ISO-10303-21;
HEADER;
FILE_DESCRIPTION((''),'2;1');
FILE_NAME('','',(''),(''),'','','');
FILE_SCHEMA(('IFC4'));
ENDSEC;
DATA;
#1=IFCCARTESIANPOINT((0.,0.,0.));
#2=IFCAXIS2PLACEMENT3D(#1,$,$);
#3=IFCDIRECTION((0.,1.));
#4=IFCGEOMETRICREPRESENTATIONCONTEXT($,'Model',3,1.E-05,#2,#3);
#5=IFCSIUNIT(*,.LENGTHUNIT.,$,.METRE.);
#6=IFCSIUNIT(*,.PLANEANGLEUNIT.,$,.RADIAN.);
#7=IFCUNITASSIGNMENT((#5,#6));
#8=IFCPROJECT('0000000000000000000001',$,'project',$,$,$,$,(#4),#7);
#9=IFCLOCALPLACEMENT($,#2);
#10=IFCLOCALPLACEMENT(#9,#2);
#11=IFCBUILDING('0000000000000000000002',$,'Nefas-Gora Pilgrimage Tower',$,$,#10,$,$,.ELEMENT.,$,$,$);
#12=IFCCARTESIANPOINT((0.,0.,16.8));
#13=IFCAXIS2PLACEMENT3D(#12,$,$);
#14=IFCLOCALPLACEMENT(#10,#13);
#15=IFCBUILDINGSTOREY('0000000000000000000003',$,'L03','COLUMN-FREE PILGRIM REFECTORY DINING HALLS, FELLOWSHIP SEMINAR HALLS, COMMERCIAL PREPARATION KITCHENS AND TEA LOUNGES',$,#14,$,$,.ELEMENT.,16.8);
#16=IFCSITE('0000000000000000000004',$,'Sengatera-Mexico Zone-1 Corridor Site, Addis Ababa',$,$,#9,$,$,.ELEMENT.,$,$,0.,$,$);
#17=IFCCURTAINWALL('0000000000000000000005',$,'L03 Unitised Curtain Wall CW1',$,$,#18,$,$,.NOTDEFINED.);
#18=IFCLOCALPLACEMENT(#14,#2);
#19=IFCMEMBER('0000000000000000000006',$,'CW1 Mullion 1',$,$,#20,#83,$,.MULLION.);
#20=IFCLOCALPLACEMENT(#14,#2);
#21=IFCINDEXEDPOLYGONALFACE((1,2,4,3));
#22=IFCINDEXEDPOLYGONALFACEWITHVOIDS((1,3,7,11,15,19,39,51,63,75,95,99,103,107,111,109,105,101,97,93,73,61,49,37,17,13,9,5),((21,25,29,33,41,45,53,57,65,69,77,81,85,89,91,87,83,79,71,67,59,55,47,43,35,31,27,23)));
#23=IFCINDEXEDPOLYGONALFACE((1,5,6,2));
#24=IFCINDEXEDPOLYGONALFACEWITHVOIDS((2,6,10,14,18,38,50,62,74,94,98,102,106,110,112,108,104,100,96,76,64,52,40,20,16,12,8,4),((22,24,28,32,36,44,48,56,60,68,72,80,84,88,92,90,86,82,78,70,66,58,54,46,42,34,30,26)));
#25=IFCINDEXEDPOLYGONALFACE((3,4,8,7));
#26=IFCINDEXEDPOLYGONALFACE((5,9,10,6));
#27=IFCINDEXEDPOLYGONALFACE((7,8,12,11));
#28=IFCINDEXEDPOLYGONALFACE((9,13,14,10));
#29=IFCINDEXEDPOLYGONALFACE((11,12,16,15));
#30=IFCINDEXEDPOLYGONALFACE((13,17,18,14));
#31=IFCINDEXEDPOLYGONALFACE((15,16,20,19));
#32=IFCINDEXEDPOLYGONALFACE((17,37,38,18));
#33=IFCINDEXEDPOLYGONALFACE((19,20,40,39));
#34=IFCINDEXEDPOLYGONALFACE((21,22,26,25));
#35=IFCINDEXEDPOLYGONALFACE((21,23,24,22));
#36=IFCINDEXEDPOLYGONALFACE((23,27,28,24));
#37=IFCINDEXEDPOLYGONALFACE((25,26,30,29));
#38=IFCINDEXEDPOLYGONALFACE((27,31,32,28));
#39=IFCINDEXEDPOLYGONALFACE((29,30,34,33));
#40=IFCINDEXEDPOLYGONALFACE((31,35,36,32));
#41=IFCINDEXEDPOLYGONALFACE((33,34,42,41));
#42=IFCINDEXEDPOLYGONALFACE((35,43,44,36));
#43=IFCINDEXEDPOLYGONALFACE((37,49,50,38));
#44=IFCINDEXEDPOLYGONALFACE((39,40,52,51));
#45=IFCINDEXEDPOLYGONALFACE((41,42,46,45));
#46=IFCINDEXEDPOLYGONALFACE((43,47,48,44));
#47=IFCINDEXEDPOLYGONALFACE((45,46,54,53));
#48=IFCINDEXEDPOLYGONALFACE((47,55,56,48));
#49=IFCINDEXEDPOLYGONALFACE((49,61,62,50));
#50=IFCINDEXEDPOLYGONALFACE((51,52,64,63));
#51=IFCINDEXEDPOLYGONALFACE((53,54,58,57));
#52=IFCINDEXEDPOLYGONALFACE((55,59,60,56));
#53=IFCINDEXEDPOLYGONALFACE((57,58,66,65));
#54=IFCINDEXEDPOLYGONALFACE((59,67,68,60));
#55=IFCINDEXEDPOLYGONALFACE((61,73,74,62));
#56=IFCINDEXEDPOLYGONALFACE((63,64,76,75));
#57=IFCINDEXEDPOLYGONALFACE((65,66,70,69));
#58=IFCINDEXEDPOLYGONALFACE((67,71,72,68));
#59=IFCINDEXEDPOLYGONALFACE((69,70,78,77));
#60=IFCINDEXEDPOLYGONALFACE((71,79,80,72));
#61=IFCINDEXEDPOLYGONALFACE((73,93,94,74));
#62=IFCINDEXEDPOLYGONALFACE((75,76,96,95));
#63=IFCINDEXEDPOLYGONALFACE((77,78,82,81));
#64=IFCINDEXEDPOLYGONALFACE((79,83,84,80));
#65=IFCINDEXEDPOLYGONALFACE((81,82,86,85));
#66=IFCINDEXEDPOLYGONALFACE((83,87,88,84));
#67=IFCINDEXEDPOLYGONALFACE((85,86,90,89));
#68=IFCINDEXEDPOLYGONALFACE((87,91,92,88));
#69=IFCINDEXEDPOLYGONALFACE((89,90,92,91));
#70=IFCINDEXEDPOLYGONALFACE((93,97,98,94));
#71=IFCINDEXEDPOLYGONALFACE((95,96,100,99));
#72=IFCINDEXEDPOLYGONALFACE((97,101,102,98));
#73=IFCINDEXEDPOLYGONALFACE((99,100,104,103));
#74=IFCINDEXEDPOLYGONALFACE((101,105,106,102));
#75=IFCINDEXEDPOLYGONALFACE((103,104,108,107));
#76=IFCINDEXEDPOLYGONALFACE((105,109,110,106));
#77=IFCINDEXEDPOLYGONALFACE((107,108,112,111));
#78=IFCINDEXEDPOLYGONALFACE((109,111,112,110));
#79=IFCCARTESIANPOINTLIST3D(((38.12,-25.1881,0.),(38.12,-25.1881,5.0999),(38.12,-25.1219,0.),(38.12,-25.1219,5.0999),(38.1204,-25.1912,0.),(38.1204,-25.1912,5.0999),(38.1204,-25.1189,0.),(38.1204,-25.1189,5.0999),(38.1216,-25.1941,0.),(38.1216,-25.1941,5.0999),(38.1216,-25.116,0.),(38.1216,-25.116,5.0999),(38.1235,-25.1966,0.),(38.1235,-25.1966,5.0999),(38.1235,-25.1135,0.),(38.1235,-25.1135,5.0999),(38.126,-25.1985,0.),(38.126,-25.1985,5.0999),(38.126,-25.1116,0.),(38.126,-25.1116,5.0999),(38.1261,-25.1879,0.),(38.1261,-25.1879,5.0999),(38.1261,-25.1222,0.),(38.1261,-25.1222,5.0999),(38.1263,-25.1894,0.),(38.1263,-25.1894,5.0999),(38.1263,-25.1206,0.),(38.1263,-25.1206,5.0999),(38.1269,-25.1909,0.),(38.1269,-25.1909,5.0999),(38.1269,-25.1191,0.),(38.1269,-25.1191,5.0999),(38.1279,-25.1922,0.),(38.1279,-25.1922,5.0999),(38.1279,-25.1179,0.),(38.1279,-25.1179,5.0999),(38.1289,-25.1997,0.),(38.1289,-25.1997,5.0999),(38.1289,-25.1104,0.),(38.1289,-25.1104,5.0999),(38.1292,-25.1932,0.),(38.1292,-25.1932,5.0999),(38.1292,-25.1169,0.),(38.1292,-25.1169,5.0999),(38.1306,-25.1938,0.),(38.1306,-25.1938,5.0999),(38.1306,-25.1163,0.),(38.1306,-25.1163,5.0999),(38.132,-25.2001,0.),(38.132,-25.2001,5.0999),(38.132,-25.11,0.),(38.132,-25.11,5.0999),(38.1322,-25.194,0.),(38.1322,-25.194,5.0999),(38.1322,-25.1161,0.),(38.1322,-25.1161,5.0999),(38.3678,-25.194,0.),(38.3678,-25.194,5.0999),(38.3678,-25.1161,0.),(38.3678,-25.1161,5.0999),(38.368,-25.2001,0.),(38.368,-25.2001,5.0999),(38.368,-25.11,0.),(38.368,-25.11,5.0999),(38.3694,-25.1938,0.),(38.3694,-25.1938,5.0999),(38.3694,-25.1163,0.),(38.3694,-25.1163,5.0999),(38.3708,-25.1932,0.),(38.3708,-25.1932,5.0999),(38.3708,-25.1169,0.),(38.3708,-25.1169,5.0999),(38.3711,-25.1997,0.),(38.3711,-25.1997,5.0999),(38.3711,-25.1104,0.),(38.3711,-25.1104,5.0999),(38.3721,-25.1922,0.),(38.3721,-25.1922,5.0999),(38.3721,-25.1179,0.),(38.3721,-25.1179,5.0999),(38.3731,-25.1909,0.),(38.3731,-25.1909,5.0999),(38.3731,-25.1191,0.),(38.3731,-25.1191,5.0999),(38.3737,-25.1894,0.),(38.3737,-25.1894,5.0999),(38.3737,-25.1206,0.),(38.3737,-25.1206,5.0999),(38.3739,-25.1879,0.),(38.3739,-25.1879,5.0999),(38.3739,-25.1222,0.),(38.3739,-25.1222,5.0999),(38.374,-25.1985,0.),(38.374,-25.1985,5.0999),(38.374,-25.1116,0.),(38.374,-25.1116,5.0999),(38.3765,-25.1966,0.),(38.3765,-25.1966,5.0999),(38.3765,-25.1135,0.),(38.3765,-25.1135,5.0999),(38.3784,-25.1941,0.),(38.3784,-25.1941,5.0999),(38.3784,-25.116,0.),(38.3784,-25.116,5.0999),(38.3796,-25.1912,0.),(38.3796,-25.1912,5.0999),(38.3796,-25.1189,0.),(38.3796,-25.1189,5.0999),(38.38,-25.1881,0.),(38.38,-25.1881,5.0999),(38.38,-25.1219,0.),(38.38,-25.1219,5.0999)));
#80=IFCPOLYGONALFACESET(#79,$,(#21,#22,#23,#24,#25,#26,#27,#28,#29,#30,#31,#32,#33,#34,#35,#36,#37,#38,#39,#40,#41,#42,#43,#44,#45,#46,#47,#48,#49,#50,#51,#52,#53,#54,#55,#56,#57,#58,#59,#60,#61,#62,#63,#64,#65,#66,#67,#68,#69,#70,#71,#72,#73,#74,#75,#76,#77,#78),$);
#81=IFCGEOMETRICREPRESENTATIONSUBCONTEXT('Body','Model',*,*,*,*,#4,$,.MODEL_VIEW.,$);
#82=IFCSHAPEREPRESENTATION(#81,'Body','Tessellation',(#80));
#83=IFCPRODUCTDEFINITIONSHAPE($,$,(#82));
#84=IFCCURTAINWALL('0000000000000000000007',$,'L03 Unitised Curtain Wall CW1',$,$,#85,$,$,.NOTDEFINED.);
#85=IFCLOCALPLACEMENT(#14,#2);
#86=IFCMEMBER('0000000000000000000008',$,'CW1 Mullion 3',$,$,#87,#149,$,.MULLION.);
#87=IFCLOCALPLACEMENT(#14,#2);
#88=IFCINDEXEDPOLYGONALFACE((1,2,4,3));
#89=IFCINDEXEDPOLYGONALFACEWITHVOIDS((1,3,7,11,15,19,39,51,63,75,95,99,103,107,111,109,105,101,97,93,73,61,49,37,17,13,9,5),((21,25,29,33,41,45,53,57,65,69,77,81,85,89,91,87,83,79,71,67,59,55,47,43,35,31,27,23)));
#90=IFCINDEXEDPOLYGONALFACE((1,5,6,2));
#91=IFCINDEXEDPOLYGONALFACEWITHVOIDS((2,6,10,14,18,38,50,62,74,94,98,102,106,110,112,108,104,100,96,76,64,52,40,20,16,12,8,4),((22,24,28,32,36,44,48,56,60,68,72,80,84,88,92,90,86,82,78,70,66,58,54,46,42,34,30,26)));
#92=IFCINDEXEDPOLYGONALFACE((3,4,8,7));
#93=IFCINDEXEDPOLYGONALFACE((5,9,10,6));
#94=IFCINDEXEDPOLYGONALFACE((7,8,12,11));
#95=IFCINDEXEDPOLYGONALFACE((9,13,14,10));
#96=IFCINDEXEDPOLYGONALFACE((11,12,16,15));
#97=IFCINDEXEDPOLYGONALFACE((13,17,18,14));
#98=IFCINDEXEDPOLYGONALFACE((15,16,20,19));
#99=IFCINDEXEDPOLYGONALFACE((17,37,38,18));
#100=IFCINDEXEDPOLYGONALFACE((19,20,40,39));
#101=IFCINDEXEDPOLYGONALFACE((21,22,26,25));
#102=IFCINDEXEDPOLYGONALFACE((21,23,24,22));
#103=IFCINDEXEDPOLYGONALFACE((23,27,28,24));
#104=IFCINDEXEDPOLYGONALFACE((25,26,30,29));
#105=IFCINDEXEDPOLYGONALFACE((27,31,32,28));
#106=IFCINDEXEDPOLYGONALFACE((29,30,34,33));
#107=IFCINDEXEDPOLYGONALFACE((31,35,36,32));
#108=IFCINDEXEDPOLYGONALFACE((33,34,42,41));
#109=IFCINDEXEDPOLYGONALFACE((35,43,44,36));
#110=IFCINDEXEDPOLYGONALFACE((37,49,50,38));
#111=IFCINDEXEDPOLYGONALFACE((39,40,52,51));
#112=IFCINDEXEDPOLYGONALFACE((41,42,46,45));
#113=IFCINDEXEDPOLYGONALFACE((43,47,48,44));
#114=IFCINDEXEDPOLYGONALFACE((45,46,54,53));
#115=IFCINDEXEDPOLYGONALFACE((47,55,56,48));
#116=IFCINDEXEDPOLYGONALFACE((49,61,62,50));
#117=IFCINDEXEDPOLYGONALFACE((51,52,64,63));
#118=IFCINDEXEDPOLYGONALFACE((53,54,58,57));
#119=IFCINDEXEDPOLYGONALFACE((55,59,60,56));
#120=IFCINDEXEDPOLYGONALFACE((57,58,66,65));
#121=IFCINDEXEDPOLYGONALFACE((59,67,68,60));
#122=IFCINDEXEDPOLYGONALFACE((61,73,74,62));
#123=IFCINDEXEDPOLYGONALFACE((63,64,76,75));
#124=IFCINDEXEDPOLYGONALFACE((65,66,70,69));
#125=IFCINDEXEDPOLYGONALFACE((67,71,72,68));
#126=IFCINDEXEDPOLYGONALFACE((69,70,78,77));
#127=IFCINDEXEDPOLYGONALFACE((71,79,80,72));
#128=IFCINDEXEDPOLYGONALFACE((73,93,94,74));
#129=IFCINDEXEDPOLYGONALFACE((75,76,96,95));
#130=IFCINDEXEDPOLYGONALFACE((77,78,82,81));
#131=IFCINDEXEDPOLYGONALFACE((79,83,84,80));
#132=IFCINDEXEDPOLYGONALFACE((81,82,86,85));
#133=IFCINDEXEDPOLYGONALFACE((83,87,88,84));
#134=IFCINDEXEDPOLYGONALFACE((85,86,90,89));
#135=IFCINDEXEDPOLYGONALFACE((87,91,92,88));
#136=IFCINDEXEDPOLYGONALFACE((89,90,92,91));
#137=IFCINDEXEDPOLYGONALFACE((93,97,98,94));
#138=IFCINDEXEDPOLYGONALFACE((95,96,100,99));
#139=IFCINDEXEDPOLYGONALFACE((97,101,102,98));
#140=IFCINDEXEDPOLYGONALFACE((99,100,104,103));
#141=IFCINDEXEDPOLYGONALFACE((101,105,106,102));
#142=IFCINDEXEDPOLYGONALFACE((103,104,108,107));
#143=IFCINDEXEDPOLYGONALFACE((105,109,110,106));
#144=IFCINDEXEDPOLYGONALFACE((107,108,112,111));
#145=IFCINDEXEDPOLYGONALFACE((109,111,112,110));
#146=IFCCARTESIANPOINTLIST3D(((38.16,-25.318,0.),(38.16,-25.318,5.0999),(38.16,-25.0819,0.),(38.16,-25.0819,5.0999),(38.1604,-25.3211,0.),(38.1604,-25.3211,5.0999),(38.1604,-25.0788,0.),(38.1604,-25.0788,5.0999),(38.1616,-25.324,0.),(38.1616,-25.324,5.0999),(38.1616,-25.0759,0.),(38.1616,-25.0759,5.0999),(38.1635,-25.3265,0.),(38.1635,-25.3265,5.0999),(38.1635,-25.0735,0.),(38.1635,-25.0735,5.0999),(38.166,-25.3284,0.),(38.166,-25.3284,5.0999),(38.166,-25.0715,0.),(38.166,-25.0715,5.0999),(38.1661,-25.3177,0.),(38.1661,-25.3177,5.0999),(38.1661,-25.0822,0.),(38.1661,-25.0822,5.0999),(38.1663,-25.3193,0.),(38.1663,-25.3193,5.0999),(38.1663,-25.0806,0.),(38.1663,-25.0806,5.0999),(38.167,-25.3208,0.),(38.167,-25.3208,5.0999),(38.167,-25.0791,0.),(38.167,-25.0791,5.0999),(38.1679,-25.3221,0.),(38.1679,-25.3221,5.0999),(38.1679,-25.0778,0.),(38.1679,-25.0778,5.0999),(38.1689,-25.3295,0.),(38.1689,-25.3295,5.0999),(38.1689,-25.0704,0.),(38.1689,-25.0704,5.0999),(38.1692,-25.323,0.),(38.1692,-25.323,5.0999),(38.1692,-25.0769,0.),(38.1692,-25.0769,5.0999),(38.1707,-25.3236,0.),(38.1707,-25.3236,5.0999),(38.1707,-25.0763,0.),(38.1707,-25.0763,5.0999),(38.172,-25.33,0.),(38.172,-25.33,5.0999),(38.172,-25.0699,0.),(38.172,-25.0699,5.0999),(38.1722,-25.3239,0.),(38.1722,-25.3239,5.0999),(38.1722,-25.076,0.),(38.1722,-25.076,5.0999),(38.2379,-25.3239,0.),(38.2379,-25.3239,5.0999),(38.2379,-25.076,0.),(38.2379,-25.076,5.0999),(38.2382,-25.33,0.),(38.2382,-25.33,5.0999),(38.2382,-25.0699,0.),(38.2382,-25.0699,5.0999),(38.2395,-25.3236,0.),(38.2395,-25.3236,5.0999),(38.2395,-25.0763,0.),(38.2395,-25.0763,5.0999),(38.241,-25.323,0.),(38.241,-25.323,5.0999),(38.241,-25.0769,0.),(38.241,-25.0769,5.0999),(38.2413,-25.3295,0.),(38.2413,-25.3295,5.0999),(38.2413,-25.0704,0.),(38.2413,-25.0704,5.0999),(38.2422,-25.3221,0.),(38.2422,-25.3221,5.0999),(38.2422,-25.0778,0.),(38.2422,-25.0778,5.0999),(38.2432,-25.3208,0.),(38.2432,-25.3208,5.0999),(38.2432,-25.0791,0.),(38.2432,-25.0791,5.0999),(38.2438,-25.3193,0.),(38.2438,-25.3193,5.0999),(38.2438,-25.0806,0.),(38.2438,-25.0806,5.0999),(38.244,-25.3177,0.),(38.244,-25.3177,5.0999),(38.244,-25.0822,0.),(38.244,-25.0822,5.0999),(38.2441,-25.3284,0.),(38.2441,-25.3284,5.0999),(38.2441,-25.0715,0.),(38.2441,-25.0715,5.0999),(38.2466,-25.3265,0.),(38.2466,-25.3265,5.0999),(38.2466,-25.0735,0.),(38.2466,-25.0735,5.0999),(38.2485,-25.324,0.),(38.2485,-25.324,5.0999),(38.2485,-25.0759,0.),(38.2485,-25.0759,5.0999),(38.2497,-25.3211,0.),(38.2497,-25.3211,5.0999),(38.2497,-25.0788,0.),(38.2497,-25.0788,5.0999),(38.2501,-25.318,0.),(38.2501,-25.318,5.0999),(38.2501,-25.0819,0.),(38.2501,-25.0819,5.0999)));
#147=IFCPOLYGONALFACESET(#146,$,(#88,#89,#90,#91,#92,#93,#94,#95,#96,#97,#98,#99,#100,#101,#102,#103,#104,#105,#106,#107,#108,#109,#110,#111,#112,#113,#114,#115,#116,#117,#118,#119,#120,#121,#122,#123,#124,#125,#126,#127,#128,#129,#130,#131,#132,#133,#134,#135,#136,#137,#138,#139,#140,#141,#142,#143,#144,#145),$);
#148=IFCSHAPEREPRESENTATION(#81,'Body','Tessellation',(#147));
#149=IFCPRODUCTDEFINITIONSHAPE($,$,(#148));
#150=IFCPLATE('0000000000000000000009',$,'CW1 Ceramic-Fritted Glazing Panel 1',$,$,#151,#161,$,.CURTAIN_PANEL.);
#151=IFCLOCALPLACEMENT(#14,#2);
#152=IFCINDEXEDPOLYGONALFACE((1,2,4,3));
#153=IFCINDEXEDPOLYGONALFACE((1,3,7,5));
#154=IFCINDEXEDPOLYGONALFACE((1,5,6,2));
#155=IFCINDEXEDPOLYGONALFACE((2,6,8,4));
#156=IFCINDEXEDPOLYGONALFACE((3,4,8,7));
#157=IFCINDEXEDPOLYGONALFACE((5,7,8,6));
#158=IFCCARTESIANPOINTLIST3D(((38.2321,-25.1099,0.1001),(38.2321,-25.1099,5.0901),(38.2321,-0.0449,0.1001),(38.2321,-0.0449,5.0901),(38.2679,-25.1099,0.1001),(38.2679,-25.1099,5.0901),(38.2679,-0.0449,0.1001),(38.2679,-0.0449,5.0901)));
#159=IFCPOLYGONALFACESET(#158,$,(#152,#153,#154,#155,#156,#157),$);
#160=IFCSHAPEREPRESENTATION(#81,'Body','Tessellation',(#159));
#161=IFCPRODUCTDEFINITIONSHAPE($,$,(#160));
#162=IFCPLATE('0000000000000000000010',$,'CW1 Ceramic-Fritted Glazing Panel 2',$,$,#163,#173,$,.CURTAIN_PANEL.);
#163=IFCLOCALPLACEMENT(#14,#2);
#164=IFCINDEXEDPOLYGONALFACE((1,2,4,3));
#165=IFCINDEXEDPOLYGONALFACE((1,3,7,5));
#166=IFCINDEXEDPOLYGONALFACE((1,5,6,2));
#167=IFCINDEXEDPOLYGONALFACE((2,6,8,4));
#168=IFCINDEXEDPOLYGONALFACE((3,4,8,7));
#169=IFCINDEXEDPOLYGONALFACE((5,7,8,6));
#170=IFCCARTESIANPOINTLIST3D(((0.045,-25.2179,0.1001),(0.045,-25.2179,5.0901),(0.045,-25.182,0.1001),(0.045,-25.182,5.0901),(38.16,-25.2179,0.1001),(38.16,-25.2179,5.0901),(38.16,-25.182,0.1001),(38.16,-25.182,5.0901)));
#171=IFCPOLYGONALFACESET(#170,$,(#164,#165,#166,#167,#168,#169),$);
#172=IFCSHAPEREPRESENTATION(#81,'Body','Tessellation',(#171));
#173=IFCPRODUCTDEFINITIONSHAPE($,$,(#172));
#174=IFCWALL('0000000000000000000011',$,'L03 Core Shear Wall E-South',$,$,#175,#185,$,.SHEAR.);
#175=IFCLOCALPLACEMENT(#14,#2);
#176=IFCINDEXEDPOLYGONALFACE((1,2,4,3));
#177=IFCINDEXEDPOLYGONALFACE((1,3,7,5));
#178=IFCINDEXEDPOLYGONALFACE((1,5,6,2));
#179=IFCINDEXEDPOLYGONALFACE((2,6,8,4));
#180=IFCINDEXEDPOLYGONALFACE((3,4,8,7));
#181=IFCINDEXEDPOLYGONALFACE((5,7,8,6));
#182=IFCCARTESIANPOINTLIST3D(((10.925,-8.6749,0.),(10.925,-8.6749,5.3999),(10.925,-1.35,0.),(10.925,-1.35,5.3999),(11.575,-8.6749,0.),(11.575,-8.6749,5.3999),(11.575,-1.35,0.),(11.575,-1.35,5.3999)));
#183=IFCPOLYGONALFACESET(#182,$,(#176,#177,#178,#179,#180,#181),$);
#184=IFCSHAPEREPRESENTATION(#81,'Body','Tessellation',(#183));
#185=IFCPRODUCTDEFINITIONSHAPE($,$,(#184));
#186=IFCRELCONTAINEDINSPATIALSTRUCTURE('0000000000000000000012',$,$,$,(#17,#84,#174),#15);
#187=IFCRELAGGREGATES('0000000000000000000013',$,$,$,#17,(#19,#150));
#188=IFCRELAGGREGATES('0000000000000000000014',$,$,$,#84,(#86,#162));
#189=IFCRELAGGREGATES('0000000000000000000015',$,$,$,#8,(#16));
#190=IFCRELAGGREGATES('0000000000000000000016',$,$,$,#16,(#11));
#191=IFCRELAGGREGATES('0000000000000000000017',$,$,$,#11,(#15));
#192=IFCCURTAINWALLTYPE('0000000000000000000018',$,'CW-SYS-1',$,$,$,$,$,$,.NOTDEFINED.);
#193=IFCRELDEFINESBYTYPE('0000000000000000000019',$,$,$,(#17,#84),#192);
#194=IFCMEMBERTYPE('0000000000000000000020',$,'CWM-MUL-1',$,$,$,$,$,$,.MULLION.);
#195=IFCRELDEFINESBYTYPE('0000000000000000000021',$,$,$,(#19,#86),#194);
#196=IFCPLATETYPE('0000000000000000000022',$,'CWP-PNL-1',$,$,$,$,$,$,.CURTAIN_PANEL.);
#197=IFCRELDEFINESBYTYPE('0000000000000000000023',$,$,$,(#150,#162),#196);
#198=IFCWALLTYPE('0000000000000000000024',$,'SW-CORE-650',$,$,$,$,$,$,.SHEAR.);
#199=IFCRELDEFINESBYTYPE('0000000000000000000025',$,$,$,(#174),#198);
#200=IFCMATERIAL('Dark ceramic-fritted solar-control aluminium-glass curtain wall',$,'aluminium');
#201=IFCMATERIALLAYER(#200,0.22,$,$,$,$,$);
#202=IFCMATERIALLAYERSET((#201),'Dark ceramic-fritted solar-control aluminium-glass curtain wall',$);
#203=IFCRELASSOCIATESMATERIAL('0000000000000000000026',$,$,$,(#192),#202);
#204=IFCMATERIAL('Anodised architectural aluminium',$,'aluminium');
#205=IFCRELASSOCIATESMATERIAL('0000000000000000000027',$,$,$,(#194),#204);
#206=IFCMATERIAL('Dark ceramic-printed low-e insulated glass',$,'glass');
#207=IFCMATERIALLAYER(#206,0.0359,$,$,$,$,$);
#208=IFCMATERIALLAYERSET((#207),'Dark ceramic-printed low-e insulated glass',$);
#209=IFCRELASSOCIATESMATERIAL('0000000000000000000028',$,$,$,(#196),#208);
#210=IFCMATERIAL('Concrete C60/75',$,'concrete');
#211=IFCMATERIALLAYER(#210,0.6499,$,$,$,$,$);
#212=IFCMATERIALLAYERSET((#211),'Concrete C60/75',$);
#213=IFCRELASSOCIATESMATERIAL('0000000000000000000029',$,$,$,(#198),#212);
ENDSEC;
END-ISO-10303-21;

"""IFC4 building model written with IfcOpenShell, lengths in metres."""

from ifc_helpers import new_model, si_unit, direction, frame, frame_2d, origin, origin_2d, place, context, subcontext, project, spatial, rectangle, hollow_rectangle, extrude, source, transform, mapped, material, layer, layer_set, material_profile, profile_set, type_object, element, aggregate, save


model = new_model("IFC4")

# Units and contexts
model_context = context("Model", 3, precision=1e-05, world=origin(), true_north=direction((0.0, 1.0)))
body_context = subcontext(model_context, "Body", "Model", "MODEL_VIEW")
ifc_project = project(units=[si_unit("LENGTHUNIT", "METRE"), si_unit("PLANEANGLEUNIT", "RADIAN")], contexts=[model_context])

# Site, building, storey
site_placement = place(None, origin())
site = spatial("IfcSite", under=ifc_project, at=site_placement, Name="Sengatera-Mexico Zone-1 Corridor Site, Addis Ababa", CompositionType="ELEMENT", RefElevation=0.0)
building_placement = place(site_placement, origin())
building = spatial("IfcBuilding", under=site, at=building_placement, Name="Nefas-Gora Pilgrimage Tower", CompositionType="ELEMENT")
storey_placement = place(building_placement, frame((0.0, 0.0, 16.8)))
storey = spatial("IfcBuildingStorey", under=building, at=storey_placement, Name="L03", Description="COLUMN-FREE PILGRIM REFECTORY DINING HALLS, FELLOWSHIP SEMINAR HALLS, COMMERCIAL PREPARATION KITCHENS AND TEA LOUNGES", CompositionType="ELEMENT", Elevation=16.8)

# Shared definitions
ifc_material_1 = material(Name="Concrete C60/75", Category="concrete")

# Curtain wall, member
ifc_material_2 = material(Name="Dark ceramic-fritted solar-control aluminium-glass curtain wall", Category="aluminium")
ifc_layer_1 = layer(ifc_material_2, 0.22)
ifc_layer_set_1 = layer_set([ifc_layer_1], Name="Dark ceramic-fritted solar-control aluminium-glass curtain wall")
curtain_wall_type = type_object("IfcCurtainWallType", Name="CW-SYS-1", PredefinedType="NOTDEFINED", material=ifc_layer_set_1)
curtain_wall_1_placement = place(storey_placement, origin())
curtain_wall_1 = element("IfcCurtainWall", 1, at=curtain_wall_1_placement, inside=storey, type_object=curtain_wall_type, Name="L03 Unitised Curtain Wall CW1", PredefinedType="NOTDEFINED")
ifc_material_3 = material(Name="Anodised architectural aluminium", Category="aluminium")
ifc_material_profile_1 = material_profile(ifc_material_3, hollow_rectangle(XDim=0.0901, YDim=0.26, WallThickness=0.0061, InnerFilletRadius=0.0061, OuterFilletRadius=0.012, at=origin_2d()), Name="ALU MULLION 90x260")
ifc_profile_set_1 = profile_set([ifc_material_profile_1], Name="Anodised architectural aluminium")
member_type_1 = type_object("IfcMemberType", Name="CWM-MUL-1", PredefinedType="MULLION", material=ifc_profile_set_1)
shared_shape_1 = source(origin(), body_context, "Body", "SweptSolid", [
    extrude(hollow_rectangle(XDim=0.0901, YDim=0.26, WallThickness=0.0061, InnerFilletRadius=0.0061, OuterFilletRadius=0.012, at=origin_2d()), origin(), (0.0, 0.0, 1.0), 5.0999),
])
member_1_placement = place(storey_placement, frame((38.25, -25.155, 0.0), z_axis=(0.0, 0.0, 1.0), x_axis=(0.0, 1.0, 0.0)))
member_1 = element("IfcMember", 2, at=member_1_placement, type_object=member_type_1, Name="CW1 Mullion 1", PredefinedType="MULLION", context=body_context, shape_type="MappedRepresentation", body=[
    mapped(shared_shape_1, transform((0.0, 0.0, 0.0), x_axis=(1.0, 0.0, 0.0), y_axis=(0.0, 1.0, 0.0), z_axis=(0.0, 0.0, 1.0), scale=1.0)),
])

# Curtain wall, member
curtain_wall_2_placement = place(storey_placement, origin())
curtain_wall_2 = element("IfcCurtainWall", 3, at=curtain_wall_2_placement, inside=storey, type_object=curtain_wall_type, Name="L03 Unitised Curtain Wall CW1", PredefinedType="NOTDEFINED")
member_2_placement = place(storey_placement, frame((38.2051, -25.2, 0.0), z_axis=(0.0, 0.0, 1.0), x_axis=(1.0, 0.0, 0.0)))
member_2 = element("IfcMember", 4, at=member_2_placement, type_object=member_type_1, Name="CW1 Mullion 3", PredefinedType="MULLION", context=body_context, shape_type="MappedRepresentation", body=[
    mapped(shared_shape_1, transform((0.0, 0.0, 0.0), x_axis=(1.0, 0.0, 0.0), y_axis=(0.0, 1.0, 0.0), z_axis=(0.0, 0.0, 1.0), scale=1.0)),
])

# Plates
ifc_material_4 = material(Name="Dark ceramic-printed low-e insulated glass", Category="glass")
ifc_layer_2 = layer(ifc_material_4, 0.0359)
ifc_layer_set_2 = layer_set([ifc_layer_2], Name="Dark ceramic-printed low-e insulated glass")
plate_type = type_object("IfcPlateType", Name="CWP-PNL-1", PredefinedType="CURTAIN_PANEL", material=ifc_layer_set_2)
shared_shape_2 = source(origin(), body_context, "Body", "SweptSolid", [
    extrude(rectangle(XDim=25.0649, YDim=0.0359, at=origin_2d()), origin(), (0.0, 0.0, 1.0), 4.99),
])
plate_1_placement = place(storey_placement, frame((38.25, -12.5774, 0.1001), z_axis=(0.0, 0.0, 1.0), x_axis=(0.0, 1.0, 0.0)))
plate_1 = element("IfcPlate", 5, at=plate_1_placement, type_object=plate_type, Name="CW1 Ceramic-Fritted Glazing Panel 1", PredefinedType="CURTAIN_PANEL", context=body_context, shape_type="MappedRepresentation", body=[
    mapped(shared_shape_2, transform((0.0, 0.0, 0.0), x_axis=(1.0, 0.0, 0.0), y_axis=(0.0, 1.0, 0.0), z_axis=(0.0, 0.0, 1.0), scale=1.0)),
])
aggregate(curtain_wall_1, [member_1, plate_1])
shared_shape_3 = source(origin(), body_context, "Body", "SweptSolid", [
    extrude(rectangle(XDim=38.115, YDim=0.0359, at=origin_2d()), origin(), (0.0, 0.0, 1.0), 4.99),
])
plate_2_placement = place(storey_placement, frame((19.1025, -25.2, 0.1001), z_axis=(0.0, 0.0, 1.0), x_axis=(1.0, 0.0, 0.0)))
plate_2 = element("IfcPlate", 6, at=plate_2_placement, type_object=plate_type, Name="CW1 Ceramic-Fritted Glazing Panel 2", PredefinedType="CURTAIN_PANEL", context=body_context, shape_type="MappedRepresentation", body=[
    mapped(shared_shape_3, transform((0.0, 0.0, 0.0), x_axis=(1.0, 0.0, 0.0), y_axis=(0.0, 1.0, 0.0), z_axis=(0.0, 0.0, 1.0), scale=1.0)),
])
aggregate(curtain_wall_2, [member_2, plate_2])

# Wall
ifc_layer_3 = layer(ifc_material_1, 0.6499)
ifc_layer_set_3 = layer_set([ifc_layer_3], Name="Concrete C60/75")
wall_type_1 = type_object("IfcWallType", Name="SW-CORE-650", PredefinedType="SHEAR", material=ifc_layer_set_3)
shared_shape_4 = source(origin(), body_context, "Body", "SweptSolid", [
    extrude(rectangle(XDim=7.325, YDim=0.6499, at=frame_2d((3.6626, 0.0))), origin(), (0.0, 0.0, 1.0), 5.3999),
])
wall_1_placement = place(storey_placement, frame((11.25, -8.675, 0.0), z_axis=(0.0, 0.0, 1.0), x_axis=(0.0, 1.0, 0.0)))
element("IfcWall", 7, at=wall_1_placement, inside=storey, type_object=wall_type_1, Name="L03 Core Shear Wall E-South", PredefinedType="SHEAR", context=body_context, shape_type="MappedRepresentation", body=[
    mapped(shared_shape_4, transform((0.0, 0.0, 0.0), x_axis=(1.0, 0.0, 0.0), y_axis=(0.0, 1.0, 0.0), z_axis=(0.0, 0.0, 1.0), scale=1.0)),
])

save(model, "model.ifc")
